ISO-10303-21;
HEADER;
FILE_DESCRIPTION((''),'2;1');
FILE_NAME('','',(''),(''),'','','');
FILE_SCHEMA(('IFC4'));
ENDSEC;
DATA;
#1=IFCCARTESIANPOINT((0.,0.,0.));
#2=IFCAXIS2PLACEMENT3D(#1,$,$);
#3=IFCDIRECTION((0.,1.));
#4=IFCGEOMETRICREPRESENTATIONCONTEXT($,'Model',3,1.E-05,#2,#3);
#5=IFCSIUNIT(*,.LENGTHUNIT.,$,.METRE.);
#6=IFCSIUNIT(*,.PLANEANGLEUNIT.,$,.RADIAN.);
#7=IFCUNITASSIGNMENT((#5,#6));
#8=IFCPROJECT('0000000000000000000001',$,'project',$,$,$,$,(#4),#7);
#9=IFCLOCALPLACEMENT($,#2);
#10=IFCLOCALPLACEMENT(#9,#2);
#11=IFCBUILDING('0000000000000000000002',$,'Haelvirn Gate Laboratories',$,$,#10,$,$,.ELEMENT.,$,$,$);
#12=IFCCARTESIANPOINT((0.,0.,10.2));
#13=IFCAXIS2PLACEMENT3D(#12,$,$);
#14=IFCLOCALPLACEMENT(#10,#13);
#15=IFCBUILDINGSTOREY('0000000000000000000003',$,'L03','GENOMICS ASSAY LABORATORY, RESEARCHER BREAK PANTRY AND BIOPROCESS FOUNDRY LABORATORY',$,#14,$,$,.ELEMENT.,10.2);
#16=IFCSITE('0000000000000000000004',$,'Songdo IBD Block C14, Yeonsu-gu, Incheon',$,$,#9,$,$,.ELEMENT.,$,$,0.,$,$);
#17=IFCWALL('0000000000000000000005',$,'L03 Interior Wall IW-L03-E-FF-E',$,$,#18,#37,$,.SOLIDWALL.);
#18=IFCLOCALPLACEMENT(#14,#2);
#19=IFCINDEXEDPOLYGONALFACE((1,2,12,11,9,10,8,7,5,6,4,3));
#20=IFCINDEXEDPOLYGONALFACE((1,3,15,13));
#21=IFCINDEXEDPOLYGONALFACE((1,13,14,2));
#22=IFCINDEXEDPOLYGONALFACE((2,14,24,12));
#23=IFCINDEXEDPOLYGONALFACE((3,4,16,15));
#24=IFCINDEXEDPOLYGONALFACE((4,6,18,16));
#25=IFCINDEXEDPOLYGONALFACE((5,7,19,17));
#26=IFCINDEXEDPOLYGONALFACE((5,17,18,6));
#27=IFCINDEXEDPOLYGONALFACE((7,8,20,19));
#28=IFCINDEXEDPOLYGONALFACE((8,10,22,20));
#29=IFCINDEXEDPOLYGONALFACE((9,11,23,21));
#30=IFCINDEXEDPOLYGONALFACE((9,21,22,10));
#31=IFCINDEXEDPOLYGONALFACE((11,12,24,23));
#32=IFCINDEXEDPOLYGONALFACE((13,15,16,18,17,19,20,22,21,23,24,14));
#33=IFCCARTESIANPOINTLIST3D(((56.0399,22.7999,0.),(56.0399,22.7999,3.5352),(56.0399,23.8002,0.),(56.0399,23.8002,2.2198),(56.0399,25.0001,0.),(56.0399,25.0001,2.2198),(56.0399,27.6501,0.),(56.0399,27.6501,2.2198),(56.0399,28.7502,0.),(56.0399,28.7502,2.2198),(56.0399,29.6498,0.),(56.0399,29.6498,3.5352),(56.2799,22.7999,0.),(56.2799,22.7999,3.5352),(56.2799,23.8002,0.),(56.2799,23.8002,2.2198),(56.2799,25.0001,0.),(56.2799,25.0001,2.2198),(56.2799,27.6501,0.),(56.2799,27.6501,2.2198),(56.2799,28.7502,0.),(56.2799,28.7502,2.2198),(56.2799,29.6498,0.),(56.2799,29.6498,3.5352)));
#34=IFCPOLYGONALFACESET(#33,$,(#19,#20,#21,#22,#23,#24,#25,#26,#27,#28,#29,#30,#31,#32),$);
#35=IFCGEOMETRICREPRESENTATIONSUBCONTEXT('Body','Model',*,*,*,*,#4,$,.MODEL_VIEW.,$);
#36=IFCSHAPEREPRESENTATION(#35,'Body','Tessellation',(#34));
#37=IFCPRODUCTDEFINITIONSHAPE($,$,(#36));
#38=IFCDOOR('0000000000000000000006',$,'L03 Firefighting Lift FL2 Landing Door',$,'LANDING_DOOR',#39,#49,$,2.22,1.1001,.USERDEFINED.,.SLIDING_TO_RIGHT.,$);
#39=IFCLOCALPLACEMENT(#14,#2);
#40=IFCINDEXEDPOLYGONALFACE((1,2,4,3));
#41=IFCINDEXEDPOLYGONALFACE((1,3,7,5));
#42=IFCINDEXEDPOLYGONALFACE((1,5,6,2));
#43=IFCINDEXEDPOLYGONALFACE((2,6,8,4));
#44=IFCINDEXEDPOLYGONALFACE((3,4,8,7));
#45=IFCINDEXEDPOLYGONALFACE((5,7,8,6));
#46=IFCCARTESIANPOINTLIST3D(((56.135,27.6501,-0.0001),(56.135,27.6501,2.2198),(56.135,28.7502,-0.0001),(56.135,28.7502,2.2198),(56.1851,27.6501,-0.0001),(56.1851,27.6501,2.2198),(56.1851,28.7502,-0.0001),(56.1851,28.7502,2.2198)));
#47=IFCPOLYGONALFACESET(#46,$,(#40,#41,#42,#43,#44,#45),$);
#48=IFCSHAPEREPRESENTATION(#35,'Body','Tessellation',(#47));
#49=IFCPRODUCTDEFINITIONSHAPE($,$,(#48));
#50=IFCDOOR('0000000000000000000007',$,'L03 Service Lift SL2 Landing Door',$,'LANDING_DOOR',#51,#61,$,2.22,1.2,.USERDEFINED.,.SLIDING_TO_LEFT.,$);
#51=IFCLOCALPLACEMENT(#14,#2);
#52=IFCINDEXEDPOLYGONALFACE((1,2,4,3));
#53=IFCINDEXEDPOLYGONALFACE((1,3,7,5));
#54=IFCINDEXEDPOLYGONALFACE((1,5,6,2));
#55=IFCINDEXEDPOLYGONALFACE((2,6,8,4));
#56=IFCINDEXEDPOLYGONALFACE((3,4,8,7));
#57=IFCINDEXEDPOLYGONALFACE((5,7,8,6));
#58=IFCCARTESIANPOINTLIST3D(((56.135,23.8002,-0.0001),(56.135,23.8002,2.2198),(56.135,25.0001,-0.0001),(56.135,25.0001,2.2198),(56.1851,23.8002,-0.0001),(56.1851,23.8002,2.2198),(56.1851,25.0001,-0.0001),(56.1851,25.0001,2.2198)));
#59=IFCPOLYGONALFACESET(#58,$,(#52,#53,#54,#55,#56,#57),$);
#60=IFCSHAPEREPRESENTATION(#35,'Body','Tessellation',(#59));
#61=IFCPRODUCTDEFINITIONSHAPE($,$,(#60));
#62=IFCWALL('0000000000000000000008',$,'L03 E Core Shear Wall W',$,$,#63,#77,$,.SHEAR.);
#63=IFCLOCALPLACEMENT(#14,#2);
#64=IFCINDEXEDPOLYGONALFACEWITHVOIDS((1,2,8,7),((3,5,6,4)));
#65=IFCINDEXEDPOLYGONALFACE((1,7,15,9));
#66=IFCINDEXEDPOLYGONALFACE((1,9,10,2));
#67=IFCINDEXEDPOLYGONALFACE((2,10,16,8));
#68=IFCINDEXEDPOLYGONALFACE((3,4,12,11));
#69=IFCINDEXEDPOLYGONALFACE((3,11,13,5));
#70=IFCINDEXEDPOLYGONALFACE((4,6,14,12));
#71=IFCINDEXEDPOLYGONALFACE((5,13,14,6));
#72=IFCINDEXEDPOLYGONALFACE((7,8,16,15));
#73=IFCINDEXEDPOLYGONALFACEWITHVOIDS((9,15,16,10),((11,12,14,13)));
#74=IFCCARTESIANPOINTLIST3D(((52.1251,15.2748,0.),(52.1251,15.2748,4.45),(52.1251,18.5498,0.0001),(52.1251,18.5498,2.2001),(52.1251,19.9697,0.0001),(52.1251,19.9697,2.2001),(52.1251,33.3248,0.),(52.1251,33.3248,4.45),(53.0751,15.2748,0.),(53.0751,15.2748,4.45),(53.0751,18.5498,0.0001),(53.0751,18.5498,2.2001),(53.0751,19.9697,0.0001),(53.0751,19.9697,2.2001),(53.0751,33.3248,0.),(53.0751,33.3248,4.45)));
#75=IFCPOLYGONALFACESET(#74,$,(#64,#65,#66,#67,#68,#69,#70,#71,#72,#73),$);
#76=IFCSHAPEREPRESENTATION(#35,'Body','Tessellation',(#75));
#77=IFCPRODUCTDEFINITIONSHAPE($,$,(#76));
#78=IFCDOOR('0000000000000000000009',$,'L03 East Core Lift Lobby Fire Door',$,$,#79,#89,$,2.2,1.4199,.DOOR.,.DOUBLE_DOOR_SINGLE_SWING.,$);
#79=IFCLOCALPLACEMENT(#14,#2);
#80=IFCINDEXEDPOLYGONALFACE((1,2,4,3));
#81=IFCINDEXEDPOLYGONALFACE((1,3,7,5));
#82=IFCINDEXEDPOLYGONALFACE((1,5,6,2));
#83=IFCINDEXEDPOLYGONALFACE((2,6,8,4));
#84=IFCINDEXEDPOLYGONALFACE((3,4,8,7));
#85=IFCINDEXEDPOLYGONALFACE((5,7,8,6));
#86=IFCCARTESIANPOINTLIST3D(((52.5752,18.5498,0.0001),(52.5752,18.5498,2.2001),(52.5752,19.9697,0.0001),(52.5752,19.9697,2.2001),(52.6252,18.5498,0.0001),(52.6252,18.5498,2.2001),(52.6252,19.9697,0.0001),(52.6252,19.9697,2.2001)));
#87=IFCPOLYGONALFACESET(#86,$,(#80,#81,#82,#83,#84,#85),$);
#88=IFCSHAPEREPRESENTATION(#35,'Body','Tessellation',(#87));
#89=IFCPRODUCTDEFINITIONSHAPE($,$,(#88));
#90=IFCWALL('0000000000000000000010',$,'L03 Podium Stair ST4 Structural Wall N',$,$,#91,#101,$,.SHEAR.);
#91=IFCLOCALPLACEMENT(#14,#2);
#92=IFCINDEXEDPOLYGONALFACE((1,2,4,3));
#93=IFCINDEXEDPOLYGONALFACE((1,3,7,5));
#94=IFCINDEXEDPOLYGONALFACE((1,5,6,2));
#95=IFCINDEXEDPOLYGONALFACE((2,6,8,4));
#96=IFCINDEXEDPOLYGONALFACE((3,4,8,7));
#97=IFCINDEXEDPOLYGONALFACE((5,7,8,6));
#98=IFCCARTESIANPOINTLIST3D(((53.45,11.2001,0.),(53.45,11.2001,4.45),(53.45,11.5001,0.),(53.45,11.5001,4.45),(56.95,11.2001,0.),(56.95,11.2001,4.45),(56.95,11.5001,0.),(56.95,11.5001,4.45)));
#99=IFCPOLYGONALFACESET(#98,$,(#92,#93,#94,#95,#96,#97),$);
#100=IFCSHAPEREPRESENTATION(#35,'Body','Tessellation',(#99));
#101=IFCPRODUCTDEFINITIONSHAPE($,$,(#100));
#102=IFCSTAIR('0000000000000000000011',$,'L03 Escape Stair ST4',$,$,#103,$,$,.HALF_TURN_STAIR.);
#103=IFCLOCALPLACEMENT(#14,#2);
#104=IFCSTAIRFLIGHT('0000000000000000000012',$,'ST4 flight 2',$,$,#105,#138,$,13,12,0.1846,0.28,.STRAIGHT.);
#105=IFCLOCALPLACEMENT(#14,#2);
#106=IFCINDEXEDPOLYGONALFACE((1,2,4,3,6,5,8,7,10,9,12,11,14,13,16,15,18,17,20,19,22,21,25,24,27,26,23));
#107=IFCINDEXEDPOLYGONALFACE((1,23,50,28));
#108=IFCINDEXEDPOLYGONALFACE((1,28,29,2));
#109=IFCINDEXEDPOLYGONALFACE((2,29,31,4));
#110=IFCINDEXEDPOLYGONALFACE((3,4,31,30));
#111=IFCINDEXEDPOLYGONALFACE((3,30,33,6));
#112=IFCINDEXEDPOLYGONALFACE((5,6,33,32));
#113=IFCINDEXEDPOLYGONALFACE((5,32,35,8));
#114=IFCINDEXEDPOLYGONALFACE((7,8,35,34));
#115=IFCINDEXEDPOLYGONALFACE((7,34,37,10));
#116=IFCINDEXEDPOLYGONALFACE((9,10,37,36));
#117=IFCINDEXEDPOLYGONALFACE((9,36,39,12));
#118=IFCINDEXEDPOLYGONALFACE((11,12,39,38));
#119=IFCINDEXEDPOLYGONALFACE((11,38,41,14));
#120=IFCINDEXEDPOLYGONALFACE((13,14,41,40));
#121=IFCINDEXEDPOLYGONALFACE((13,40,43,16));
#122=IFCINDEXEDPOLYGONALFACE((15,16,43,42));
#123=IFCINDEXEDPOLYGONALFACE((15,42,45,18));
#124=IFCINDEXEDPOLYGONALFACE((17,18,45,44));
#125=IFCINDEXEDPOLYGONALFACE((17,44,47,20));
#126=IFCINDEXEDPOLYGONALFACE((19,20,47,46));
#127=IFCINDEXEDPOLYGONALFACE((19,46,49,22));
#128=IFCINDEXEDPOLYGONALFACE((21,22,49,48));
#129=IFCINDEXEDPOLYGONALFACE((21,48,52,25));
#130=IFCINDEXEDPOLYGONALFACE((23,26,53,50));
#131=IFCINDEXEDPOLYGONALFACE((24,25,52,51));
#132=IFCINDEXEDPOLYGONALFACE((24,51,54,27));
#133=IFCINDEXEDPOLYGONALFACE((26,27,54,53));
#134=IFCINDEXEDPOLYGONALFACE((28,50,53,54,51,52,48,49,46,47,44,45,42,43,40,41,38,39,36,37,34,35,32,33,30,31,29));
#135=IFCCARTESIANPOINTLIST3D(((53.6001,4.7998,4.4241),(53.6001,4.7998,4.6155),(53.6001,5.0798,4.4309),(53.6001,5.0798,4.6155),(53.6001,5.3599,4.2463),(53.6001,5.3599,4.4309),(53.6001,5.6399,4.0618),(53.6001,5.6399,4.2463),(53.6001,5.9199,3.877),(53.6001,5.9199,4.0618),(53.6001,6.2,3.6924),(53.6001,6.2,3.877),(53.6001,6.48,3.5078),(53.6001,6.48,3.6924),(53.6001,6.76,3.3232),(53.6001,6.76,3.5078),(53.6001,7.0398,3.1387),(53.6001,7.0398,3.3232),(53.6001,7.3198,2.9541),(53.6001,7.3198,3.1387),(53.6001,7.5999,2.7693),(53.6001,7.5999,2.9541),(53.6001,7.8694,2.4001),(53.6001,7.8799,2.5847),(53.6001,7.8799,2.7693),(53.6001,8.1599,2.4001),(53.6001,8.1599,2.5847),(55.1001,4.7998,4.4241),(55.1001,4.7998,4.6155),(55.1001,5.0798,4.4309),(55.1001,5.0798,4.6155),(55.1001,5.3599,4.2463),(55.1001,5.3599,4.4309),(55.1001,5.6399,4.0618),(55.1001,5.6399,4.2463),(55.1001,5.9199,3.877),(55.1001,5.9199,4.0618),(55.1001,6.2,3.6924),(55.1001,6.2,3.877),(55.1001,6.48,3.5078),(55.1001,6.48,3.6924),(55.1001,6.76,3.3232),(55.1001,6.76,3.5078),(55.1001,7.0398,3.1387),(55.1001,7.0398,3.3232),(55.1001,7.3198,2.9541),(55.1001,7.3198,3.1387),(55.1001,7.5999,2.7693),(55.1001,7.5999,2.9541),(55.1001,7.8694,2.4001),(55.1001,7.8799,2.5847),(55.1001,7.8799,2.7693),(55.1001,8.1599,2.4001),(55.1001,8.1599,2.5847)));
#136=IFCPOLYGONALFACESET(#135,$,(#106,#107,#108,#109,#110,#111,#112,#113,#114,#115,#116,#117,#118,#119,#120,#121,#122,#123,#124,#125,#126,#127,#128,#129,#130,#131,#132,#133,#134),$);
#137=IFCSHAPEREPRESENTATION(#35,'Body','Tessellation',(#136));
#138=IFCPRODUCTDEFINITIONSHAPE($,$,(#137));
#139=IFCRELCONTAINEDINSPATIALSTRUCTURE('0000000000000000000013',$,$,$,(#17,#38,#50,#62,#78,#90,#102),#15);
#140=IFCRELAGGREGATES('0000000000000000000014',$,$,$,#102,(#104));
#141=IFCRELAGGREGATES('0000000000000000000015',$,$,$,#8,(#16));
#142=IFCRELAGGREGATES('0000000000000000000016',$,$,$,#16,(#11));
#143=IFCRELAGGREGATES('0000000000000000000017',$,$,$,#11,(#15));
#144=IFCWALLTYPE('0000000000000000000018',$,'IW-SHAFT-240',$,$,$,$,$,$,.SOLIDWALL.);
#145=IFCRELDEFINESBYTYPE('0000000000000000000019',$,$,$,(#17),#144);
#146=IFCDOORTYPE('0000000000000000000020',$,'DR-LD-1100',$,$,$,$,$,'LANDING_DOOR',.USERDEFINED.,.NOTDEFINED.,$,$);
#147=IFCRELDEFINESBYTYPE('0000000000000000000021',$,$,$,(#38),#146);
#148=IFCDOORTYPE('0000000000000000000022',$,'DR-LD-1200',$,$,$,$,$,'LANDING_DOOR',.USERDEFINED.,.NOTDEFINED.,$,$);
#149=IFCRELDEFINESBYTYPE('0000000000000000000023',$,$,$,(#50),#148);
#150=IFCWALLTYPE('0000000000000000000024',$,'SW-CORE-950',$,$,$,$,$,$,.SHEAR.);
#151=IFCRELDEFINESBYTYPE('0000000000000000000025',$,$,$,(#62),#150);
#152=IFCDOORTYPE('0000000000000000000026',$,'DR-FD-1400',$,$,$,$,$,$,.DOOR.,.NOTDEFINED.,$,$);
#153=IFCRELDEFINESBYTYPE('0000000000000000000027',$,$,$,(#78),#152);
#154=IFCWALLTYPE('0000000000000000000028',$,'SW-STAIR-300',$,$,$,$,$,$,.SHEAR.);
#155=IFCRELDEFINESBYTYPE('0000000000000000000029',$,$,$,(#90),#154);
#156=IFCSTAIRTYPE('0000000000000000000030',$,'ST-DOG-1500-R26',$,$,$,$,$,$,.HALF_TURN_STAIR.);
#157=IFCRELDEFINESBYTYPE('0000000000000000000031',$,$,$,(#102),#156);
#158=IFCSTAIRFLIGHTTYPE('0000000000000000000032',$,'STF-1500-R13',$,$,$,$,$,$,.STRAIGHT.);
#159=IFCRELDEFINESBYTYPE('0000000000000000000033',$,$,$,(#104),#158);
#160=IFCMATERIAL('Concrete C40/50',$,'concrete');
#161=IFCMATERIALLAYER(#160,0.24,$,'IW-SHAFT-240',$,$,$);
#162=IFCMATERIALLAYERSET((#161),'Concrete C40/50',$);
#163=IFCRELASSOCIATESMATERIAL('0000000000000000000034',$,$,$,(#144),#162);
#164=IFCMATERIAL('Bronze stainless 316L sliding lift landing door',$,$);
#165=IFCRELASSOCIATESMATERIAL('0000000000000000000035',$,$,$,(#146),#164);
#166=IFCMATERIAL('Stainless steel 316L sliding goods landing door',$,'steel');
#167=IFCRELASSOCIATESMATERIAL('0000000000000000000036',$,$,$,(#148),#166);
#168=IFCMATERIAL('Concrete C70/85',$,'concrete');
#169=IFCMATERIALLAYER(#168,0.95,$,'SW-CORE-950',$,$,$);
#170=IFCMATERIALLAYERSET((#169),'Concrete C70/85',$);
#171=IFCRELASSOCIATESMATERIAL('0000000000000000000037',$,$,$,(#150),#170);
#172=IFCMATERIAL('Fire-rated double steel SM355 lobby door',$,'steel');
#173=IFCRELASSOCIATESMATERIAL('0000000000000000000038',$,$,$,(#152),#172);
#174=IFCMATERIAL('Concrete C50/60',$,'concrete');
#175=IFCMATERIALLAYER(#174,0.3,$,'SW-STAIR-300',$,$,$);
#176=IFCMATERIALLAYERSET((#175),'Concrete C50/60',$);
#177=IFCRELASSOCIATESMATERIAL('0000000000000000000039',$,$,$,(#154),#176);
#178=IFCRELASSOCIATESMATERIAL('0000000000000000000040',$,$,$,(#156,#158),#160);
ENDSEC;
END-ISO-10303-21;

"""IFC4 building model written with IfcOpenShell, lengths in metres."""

from ifc_helpers import new_model, si_unit, direction, frame, frame_2d, origin, place, context, subcontext, project, spatial, polyline, rectangle, outline, extrude, source, transform, mapped, material, layer, layer_set, type_object, type_shapes, element, fill, aggregate, save


model = new_model("IFC4")

# Units and contexts
model_context = context("Model", 3, precision=1e-05, world=origin(), true_north=direction((0.0, 1.0)))
body_context = subcontext(model_context, "Body", "Model", "MODEL_VIEW")
ifc_project = project(units=[si_unit("LENGTHUNIT", "METRE"), si_unit("PLANEANGLEUNIT", "RADIAN")], contexts=[model_context])

# Site, building, storey
site_placement = place(None, origin())
site = spatial("IfcSite", under=ifc_project, at=site_placement, Name="Songdo IBD Block C14, Yeonsu-gu, Incheon", CompositionType="ELEMENT", RefElevation=0.0)
building_placement = place(site_placement, origin())
building = spatial("IfcBuilding", under=site, at=building_placement, Name="Haelvirn Gate Laboratories", CompositionType="ELEMENT")
storey_placement = place(building_placement, frame((0.0, 0.0, 10.2)))
storey = spatial("IfcBuildingStorey", under=building, at=storey_placement, Name="L03", Description="GENOMICS ASSAY LABORATORY, RESEARCHER BREAK PANTRY AND BIOPROCESS FOUNDRY LABORATORY", CompositionType="ELEMENT", Elevation=10.2)

# Shared definitions
ifc_material_1 = material(Name="Concrete C70/85", Category="concrete")

# Shared definitions
ifc_material_2 = material(Name="Concrete C40/50", Category="concrete")

# Wall, openings, doors
ifc_layer_1 = layer(ifc_material_2, 0.24, Name="IW-SHAFT-240")
ifc_layer_set_1 = layer_set([ifc_layer_1], Name="Concrete C40/50")
wall_type_1 = type_object("IfcWallType", Name="IW-SHAFT-240", PredefinedType="SOLIDWALL", material=ifc_layer_set_1)
wall_1_placement = place(storey_placement, frame((56.1599, 22.8, 0.0), z_axis=(0.0, 0.0, 1.0), x_axis=(0.0, 1.0, 0.0)))
wall_1 = element("IfcWall", 1, at=wall_1_placement, inside=storey, type_object=wall_type_1, Name="L03 Interior Wall IW-L03-E-FF-E", PredefinedType="SOLIDWALL", context=body_context, shape_type="SweptSolid", body=[
    extrude(rectangle(XDim=6.8499, YDim=0.24, at=frame_2d((3.4248, 0.0))), origin(), (0.0, 0.0, 1.0), 3.5352),
])
opening_1_placement = place(wall_1_placement, frame((4.8501, 0.0, 0.0)))
opening_1 = element("IfcOpeningElement", 2, at=opening_1_placement, cuts=wall_1, PredefinedType="OPENING", context=body_context, shape_type="SweptSolid", body=[
    extrude(rectangle(XDim=1.1001, YDim=2.22, at=frame_2d((0.55, 1.1099))), frame((0.0, 0.1299, 0.0), z_axis=(0.0, -1.0, 0.0), x_axis=(1.0, 0.0, 0.0)), (0.0, 0.0, 1.0), 0.26),
])
opening_2_placement = place(wall_1_placement, frame((1.0, 0.0, 0.0)))
opening_2 = element("IfcOpeningElement", 3, at=opening_2_placement, cuts=wall_1, PredefinedType="OPENING", context=body_context, shape_type="SweptSolid", body=[
    extrude(rectangle(XDim=1.2, YDim=2.22, at=frame_2d((0.6001, 1.1099))), frame((0.0, 0.1299, 0.0), z_axis=(0.0, -1.0, 0.0), x_axis=(1.0, 0.0, 0.0)), (0.0, 0.0, 1.0), 0.26),
])
ifc_material_3 = material(Name="Bronze stainless 316L sliding lift landing door")
door_type_1 = type_object("IfcDoorType", Name="DR-LD-1100", ElementType="LANDING_DOOR", OperationType="NOTDEFINED", PredefinedType="USERDEFINED", material=ifc_material_3)
shared_shape_1 = source(origin(), body_context, "Body", "SweptSolid", [
    extrude(rectangle(XDim=1.1001, YDim=2.22, at=frame_2d((0.55, 1.1099))), frame((0.0, 0.0249, 0.0), z_axis=(0.0, -1.0, 0.0), x_axis=(1.0, 0.0, 0.0)), (0.0, 0.0, 1.0), 0.05),
])
type_shapes(door_type_1, [shared_shape_1])
door_1_placement = place(opening_1_placement, origin())
door_1 = element("IfcDoor", 4, at=door_1_placement, inside=storey, type_object=door_type_1, Name="L03 Firefighting Lift FL2 Landing Door", ObjectType="LANDING_DOOR", OperationType="SLIDING_TO_RIGHT", OverallHeight=2.22, OverallWidth=1.1001, PredefinedType="USERDEFINED", context=body_context, shape_type="MappedRepresentation", body=[
    mapped(shared_shape_1, transform((0.0, 0.0, 0.0), scale=1.0)),
])
fill(opening_1, door_1)
ifc_material_4 = material(Name="Stainless steel 316L sliding goods landing door", Category="steel")
door_type_2 = type_object("IfcDoorType", Name="DR-LD-1200", ElementType="LANDING_DOOR", OperationType="NOTDEFINED", PredefinedType="USERDEFINED", material=ifc_material_4)
shared_shape_2 = source(origin(), body_context, "Body", "SweptSolid", [
    extrude(rectangle(XDim=1.2, YDim=2.22, at=frame_2d((0.6001, 1.1099))), frame((0.0, 0.0249, 0.0), z_axis=(0.0, -1.0, 0.0), x_axis=(1.0, 0.0, 0.0)), (0.0, 0.0, 1.0), 0.05),
])
type_shapes(door_type_2, [shared_shape_2])
door_2_placement = place(opening_2_placement, origin())
door_2 = element("IfcDoor", 5, at=door_2_placement, inside=storey, type_object=door_type_2, Name="L03 Service Lift SL2 Landing Door", ObjectType="LANDING_DOOR", OperationType="SLIDING_TO_LEFT", OverallHeight=2.22, OverallWidth=1.2, PredefinedType="USERDEFINED", context=body_context, shape_type="MappedRepresentation", body=[
    mapped(shared_shape_2, transform((0.0, 0.0, 0.0), scale=1.0)),
])
fill(opening_2, door_2)

# Wall, opening, door
ifc_layer_2 = layer(ifc_material_1, 0.95, Name="SW-CORE-950")
ifc_layer_set_2 = layer_set([ifc_layer_2], Name="Concrete C70/85")
wall_type_2 = type_object("IfcWallType", Name="SW-CORE-950", PredefinedType="SHEAR", material=ifc_layer_set_2)
wall_2_placement = place(storey_placement, frame((52.6001, 15.2749, 0.0), z_axis=(0.0, 0.0, 1.0), x_axis=(0.0, 1.0, 0.0)))
wall_2 = element("IfcWall", 6, at=wall_2_placement, inside=storey, type_object=wall_type_2, Name="L03 E Core Shear Wall W", PredefinedType="SHEAR", context=body_context, shape_type="SweptSolid", body=[
    extrude(rectangle(XDim=18.05, YDim=0.95, at=frame_2d((9.0249, 0.0))), origin(), (0.0, 0.0, 1.0), 4.45),
])
opening_3_placement = place(wall_2_placement, frame((3.2749, 0.0, 0.0)))
opening_3 = element("IfcOpeningElement", 7, at=opening_3_placement, cuts=wall_2, PredefinedType="OPENING", context=body_context, shape_type="SweptSolid", body=[
    extrude(rectangle(XDim=1.4199, YDim=2.2, at=frame_2d((0.71, 1.1001))), frame((0.0, 0.4849, 0.0), z_axis=(0.0, -1.0, 0.0), x_axis=(1.0, 0.0, 0.0)), (0.0, 0.0, 1.0), 0.97),
])
ifc_material_5 = material(Name="Fire-rated double steel SM355 lobby door", Category="steel")
door_type_3 = type_object("IfcDoorType", Name="DR-FD-1400", OperationType="NOTDEFINED", PredefinedType="DOOR", material=ifc_material_5)
shared_shape_3 = source(origin(), body_context, "Body", "SweptSolid", [
    extrude(rectangle(XDim=1.4199, YDim=2.2, at=frame_2d((0.71, 1.1001))), frame((0.0, 0.0249, 0.0), z_axis=(0.0, -1.0, 0.0), x_axis=(1.0, 0.0, 0.0)), (0.0, 0.0, 1.0), 0.05),
])
type_shapes(door_type_3, [shared_shape_3])
door_3_placement = place(opening_3_placement, origin())
door_3 = element("IfcDoor", 8, at=door_3_placement, inside=storey, type_object=door_type_3, Name="L03 East Core Lift Lobby Fire Door", OperationType="DOUBLE_DOOR_SINGLE_SWING", OverallHeight=2.2, OverallWidth=1.4199, PredefinedType="DOOR", context=body_context, shape_type="MappedRepresentation", body=[
    mapped(shared_shape_3, transform((0.0, 0.0, 0.0), scale=1.0)),
])
fill(opening_3, door_3)

# Wall
ifc_material_6 = material(Name="Concrete C50/60", Category="concrete")
ifc_layer_3 = layer(ifc_material_6, 0.3, Name="SW-STAIR-300")
ifc_layer_set_3 = layer_set([ifc_layer_3], Name="Concrete C50/60")
wall_type_3 = type_object("IfcWallType", Name="SW-STAIR-300", PredefinedType="SHEAR", material=ifc_layer_set_3)
wall_3_placement = place(storey_placement, frame((53.45, 11.3501, 0.0), z_axis=(0.0, 0.0, 1.0), x_axis=(1.0, 0.0, 0.0)))
element("IfcWall", 9, at=wall_3_placement, inside=storey, type_object=wall_type_3, Name="L03 Podium Stair ST4 Structural Wall N", PredefinedType="SHEAR", context=body_context, shape_type="SweptSolid", body=[
    extrude(rectangle(XDim=3.5, YDim=0.3, at=frame_2d((1.75, 0.0))), origin(), (0.0, 0.0, 1.0), 4.45),
])

# Stair, stair flight
stair_type = type_object("IfcStairType", Name="ST-DOG-1500-R26", PredefinedType="HALF_TURN_STAIR", material=ifc_material_2)
stair_placement = place(storey_placement, origin())
stair = element("IfcStair", 10, at=stair_placement, inside=storey, type_object=stair_type, Name="L03 Escape Stair ST4", PredefinedType="HALF_TURN_STAIR")
stair_flight_type = type_object("IfcStairFlightType", Name="STF-1500-R13", PredefinedType="STRAIGHT", material=ifc_material_2)
shared_shape_4 = source(origin(), body_context, "Body", "SweptSolid", [
    extrude(outline(polyline([(0.0, 0.0), (0.0, 0.1846), (0.28, 0.1846), (0.28, 0.3691), (0.5601, 0.3691), (0.5601, 0.554), (0.8401, 0.554), (0.8401, 0.7385), (1.1201, 0.7385), (1.1201, 0.9231), (1.3999, 0.9231), (1.3999, 1.1077), (1.6799, 1.1077), (1.6799, 1.2922), (1.96, 1.2922), (1.96, 1.4768), (2.24, 1.4768), (2.24, 1.6616), (2.52, 1.6616), (2.52, 1.8462), (2.8, 1.8462), (2.8, 2.0308), (3.0801, 2.0308), (3.0801, 2.2153), (3.3601, 2.2153), (3.3601, 2.3999), (3.3601, 2.0239), (0.2905, 0.0), (0.0, 0.0)])), frame((0.0, 0.75, 0.0), z_axis=(0.0, -1.0, 0.0), x_axis=(1.0, 0.0, 0.0)), (0.0, 0.0, 1.0), 1.5),
])
type_shapes(stair_flight_type, [shared_shape_4])
stair_flight_placement = place(storey_placement, frame((54.3501, 8.1599, 2.4001), z_axis=(0.0, 0.0, 1.0), x_axis=(0.0, -1.0, 0.0)))
stair_flight = element("IfcStairFlight", 11, at=stair_flight_placement, type_object=stair_flight_type, Name="ST4 flight 2", NumberOfRisers=13, NumberOfTreads=12, PredefinedType="STRAIGHT", RiserHeight=0.1846, TreadLength=0.28, context=body_context, shape_type="MappedRepresentation", body=[
    mapped(shared_shape_4, transform((0.0, 0.0, 0.0), scale=1.0)),
])
aggregate(stair, [stair_flight])

save(model, "model.ifc")
